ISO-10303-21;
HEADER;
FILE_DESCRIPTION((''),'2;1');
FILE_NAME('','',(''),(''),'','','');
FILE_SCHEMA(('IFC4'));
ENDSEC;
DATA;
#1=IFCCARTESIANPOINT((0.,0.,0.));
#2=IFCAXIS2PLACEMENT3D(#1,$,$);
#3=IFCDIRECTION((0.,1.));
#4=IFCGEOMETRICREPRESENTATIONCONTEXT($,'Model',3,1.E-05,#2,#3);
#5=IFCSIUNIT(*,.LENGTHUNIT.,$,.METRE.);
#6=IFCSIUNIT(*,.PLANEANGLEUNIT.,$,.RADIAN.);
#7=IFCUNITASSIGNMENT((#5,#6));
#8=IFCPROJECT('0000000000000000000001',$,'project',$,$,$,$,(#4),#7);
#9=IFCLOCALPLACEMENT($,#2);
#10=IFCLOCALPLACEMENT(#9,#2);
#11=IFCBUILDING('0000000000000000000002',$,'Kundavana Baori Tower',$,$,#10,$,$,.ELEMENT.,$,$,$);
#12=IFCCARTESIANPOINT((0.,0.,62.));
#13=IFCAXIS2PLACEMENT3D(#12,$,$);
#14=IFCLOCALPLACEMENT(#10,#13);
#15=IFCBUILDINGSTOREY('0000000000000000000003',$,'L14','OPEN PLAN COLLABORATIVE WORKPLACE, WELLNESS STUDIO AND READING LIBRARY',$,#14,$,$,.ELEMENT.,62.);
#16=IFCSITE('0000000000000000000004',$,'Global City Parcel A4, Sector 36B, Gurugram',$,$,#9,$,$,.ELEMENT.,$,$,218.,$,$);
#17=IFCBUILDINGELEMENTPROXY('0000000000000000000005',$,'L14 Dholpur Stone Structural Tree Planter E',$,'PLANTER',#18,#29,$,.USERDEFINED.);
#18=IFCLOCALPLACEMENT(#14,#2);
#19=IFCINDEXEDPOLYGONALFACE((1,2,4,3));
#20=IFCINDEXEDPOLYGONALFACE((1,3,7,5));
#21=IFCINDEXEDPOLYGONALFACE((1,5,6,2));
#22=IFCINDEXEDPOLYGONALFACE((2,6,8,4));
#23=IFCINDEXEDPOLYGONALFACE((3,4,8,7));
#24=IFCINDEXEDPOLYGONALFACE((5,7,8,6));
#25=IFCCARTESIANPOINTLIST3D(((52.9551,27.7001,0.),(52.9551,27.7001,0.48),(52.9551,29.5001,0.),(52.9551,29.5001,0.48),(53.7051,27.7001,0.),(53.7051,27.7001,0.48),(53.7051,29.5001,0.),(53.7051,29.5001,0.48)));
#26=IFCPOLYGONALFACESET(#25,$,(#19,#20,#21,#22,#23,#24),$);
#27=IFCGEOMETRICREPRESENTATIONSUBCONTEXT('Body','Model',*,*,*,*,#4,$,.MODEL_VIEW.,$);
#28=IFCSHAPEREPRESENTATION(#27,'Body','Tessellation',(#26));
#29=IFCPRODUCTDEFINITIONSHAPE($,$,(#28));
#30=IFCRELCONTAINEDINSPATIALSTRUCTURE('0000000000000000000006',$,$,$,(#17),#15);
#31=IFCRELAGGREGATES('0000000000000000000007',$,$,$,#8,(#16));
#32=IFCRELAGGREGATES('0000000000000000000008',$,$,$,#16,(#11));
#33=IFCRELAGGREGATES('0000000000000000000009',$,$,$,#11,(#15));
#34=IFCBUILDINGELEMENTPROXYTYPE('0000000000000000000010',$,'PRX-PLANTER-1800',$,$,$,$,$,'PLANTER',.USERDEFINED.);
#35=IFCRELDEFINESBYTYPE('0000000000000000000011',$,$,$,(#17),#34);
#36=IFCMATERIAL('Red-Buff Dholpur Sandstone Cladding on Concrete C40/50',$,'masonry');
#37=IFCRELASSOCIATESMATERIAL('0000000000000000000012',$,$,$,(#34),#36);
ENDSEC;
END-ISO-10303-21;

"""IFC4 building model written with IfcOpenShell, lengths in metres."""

from ifc_helpers import new_model, si_unit, direction, frame, origin, origin_2d, place, context, subcontext, project, spatial, rectangle, extrude, material, type_object, element, save


model = new_model("IFC4")

# Units and contexts
model_context = context("Model", 3, precision=1e-05, world=origin(), true_north=direction((0.0, 1.0)))
body_context = subcontext(model_context, "Body", "Model", "MODEL_VIEW")
ifc_project = project(units=[si_unit("LENGTHUNIT", "METRE"), si_unit("PLANEANGLEUNIT", "RADIAN")], contexts=[model_context])

# Site, building, storey
site_placement = place(None, origin())
site = spatial("IfcSite", under=ifc_project, at=site_placement, Name="Global City Parcel A4, Sector 36B, Gurugram", CompositionType="ELEMENT", RefElevation=218.0)
building_placement = place(site_placement, origin())
building = spatial("IfcBuilding", under=site, at=building_placement, Name="Kundavana Baori Tower", CompositionType="ELEMENT")
storey_placement = place(building_placement, frame((0.0, 0.0, 62.0)))
storey = spatial("IfcBuildingStorey", under=building, at=storey_placement, Name="L14", Description="OPEN PLAN COLLABORATIVE WORKPLACE, WELLNESS STUDIO AND READING LIBRARY", CompositionType="ELEMENT", Elevation=62.0)

# Building element proxy
ifc_material_1 = material(Name="Red-Buff Dholpur Sandstone Cladding on Concrete C40/50", Category="masonry")
building_element_proxy_type = type_object("IfcBuildingElementProxyType", Name="PRX-PLANTER-1800", ElementType="PLANTER", PredefinedType="USERDEFINED", material=ifc_material_1)
proxy_placement = place(storey_placement, frame((53.3301, 28.6001, 0.0), z_axis=(0.0, 0.0, 1.0), x_axis=(0.0, 1.0, 0.0)))
element("IfcBuildingElementProxy", 1, at=proxy_placement, inside=storey, type_object=building_element_proxy_type, Name="L14 Dholpur Stone Structural Tree Planter E", ObjectType="PLANTER", PredefinedType="USERDEFINED", context=body_context, shape_type="SweptSolid", body=[
    extrude(rectangle(XDim=1.8, YDim=0.75, at=origin_2d()), origin(), (0.0, 0.0, 1.0), 0.48),
])

save(model, "model.ifc")
